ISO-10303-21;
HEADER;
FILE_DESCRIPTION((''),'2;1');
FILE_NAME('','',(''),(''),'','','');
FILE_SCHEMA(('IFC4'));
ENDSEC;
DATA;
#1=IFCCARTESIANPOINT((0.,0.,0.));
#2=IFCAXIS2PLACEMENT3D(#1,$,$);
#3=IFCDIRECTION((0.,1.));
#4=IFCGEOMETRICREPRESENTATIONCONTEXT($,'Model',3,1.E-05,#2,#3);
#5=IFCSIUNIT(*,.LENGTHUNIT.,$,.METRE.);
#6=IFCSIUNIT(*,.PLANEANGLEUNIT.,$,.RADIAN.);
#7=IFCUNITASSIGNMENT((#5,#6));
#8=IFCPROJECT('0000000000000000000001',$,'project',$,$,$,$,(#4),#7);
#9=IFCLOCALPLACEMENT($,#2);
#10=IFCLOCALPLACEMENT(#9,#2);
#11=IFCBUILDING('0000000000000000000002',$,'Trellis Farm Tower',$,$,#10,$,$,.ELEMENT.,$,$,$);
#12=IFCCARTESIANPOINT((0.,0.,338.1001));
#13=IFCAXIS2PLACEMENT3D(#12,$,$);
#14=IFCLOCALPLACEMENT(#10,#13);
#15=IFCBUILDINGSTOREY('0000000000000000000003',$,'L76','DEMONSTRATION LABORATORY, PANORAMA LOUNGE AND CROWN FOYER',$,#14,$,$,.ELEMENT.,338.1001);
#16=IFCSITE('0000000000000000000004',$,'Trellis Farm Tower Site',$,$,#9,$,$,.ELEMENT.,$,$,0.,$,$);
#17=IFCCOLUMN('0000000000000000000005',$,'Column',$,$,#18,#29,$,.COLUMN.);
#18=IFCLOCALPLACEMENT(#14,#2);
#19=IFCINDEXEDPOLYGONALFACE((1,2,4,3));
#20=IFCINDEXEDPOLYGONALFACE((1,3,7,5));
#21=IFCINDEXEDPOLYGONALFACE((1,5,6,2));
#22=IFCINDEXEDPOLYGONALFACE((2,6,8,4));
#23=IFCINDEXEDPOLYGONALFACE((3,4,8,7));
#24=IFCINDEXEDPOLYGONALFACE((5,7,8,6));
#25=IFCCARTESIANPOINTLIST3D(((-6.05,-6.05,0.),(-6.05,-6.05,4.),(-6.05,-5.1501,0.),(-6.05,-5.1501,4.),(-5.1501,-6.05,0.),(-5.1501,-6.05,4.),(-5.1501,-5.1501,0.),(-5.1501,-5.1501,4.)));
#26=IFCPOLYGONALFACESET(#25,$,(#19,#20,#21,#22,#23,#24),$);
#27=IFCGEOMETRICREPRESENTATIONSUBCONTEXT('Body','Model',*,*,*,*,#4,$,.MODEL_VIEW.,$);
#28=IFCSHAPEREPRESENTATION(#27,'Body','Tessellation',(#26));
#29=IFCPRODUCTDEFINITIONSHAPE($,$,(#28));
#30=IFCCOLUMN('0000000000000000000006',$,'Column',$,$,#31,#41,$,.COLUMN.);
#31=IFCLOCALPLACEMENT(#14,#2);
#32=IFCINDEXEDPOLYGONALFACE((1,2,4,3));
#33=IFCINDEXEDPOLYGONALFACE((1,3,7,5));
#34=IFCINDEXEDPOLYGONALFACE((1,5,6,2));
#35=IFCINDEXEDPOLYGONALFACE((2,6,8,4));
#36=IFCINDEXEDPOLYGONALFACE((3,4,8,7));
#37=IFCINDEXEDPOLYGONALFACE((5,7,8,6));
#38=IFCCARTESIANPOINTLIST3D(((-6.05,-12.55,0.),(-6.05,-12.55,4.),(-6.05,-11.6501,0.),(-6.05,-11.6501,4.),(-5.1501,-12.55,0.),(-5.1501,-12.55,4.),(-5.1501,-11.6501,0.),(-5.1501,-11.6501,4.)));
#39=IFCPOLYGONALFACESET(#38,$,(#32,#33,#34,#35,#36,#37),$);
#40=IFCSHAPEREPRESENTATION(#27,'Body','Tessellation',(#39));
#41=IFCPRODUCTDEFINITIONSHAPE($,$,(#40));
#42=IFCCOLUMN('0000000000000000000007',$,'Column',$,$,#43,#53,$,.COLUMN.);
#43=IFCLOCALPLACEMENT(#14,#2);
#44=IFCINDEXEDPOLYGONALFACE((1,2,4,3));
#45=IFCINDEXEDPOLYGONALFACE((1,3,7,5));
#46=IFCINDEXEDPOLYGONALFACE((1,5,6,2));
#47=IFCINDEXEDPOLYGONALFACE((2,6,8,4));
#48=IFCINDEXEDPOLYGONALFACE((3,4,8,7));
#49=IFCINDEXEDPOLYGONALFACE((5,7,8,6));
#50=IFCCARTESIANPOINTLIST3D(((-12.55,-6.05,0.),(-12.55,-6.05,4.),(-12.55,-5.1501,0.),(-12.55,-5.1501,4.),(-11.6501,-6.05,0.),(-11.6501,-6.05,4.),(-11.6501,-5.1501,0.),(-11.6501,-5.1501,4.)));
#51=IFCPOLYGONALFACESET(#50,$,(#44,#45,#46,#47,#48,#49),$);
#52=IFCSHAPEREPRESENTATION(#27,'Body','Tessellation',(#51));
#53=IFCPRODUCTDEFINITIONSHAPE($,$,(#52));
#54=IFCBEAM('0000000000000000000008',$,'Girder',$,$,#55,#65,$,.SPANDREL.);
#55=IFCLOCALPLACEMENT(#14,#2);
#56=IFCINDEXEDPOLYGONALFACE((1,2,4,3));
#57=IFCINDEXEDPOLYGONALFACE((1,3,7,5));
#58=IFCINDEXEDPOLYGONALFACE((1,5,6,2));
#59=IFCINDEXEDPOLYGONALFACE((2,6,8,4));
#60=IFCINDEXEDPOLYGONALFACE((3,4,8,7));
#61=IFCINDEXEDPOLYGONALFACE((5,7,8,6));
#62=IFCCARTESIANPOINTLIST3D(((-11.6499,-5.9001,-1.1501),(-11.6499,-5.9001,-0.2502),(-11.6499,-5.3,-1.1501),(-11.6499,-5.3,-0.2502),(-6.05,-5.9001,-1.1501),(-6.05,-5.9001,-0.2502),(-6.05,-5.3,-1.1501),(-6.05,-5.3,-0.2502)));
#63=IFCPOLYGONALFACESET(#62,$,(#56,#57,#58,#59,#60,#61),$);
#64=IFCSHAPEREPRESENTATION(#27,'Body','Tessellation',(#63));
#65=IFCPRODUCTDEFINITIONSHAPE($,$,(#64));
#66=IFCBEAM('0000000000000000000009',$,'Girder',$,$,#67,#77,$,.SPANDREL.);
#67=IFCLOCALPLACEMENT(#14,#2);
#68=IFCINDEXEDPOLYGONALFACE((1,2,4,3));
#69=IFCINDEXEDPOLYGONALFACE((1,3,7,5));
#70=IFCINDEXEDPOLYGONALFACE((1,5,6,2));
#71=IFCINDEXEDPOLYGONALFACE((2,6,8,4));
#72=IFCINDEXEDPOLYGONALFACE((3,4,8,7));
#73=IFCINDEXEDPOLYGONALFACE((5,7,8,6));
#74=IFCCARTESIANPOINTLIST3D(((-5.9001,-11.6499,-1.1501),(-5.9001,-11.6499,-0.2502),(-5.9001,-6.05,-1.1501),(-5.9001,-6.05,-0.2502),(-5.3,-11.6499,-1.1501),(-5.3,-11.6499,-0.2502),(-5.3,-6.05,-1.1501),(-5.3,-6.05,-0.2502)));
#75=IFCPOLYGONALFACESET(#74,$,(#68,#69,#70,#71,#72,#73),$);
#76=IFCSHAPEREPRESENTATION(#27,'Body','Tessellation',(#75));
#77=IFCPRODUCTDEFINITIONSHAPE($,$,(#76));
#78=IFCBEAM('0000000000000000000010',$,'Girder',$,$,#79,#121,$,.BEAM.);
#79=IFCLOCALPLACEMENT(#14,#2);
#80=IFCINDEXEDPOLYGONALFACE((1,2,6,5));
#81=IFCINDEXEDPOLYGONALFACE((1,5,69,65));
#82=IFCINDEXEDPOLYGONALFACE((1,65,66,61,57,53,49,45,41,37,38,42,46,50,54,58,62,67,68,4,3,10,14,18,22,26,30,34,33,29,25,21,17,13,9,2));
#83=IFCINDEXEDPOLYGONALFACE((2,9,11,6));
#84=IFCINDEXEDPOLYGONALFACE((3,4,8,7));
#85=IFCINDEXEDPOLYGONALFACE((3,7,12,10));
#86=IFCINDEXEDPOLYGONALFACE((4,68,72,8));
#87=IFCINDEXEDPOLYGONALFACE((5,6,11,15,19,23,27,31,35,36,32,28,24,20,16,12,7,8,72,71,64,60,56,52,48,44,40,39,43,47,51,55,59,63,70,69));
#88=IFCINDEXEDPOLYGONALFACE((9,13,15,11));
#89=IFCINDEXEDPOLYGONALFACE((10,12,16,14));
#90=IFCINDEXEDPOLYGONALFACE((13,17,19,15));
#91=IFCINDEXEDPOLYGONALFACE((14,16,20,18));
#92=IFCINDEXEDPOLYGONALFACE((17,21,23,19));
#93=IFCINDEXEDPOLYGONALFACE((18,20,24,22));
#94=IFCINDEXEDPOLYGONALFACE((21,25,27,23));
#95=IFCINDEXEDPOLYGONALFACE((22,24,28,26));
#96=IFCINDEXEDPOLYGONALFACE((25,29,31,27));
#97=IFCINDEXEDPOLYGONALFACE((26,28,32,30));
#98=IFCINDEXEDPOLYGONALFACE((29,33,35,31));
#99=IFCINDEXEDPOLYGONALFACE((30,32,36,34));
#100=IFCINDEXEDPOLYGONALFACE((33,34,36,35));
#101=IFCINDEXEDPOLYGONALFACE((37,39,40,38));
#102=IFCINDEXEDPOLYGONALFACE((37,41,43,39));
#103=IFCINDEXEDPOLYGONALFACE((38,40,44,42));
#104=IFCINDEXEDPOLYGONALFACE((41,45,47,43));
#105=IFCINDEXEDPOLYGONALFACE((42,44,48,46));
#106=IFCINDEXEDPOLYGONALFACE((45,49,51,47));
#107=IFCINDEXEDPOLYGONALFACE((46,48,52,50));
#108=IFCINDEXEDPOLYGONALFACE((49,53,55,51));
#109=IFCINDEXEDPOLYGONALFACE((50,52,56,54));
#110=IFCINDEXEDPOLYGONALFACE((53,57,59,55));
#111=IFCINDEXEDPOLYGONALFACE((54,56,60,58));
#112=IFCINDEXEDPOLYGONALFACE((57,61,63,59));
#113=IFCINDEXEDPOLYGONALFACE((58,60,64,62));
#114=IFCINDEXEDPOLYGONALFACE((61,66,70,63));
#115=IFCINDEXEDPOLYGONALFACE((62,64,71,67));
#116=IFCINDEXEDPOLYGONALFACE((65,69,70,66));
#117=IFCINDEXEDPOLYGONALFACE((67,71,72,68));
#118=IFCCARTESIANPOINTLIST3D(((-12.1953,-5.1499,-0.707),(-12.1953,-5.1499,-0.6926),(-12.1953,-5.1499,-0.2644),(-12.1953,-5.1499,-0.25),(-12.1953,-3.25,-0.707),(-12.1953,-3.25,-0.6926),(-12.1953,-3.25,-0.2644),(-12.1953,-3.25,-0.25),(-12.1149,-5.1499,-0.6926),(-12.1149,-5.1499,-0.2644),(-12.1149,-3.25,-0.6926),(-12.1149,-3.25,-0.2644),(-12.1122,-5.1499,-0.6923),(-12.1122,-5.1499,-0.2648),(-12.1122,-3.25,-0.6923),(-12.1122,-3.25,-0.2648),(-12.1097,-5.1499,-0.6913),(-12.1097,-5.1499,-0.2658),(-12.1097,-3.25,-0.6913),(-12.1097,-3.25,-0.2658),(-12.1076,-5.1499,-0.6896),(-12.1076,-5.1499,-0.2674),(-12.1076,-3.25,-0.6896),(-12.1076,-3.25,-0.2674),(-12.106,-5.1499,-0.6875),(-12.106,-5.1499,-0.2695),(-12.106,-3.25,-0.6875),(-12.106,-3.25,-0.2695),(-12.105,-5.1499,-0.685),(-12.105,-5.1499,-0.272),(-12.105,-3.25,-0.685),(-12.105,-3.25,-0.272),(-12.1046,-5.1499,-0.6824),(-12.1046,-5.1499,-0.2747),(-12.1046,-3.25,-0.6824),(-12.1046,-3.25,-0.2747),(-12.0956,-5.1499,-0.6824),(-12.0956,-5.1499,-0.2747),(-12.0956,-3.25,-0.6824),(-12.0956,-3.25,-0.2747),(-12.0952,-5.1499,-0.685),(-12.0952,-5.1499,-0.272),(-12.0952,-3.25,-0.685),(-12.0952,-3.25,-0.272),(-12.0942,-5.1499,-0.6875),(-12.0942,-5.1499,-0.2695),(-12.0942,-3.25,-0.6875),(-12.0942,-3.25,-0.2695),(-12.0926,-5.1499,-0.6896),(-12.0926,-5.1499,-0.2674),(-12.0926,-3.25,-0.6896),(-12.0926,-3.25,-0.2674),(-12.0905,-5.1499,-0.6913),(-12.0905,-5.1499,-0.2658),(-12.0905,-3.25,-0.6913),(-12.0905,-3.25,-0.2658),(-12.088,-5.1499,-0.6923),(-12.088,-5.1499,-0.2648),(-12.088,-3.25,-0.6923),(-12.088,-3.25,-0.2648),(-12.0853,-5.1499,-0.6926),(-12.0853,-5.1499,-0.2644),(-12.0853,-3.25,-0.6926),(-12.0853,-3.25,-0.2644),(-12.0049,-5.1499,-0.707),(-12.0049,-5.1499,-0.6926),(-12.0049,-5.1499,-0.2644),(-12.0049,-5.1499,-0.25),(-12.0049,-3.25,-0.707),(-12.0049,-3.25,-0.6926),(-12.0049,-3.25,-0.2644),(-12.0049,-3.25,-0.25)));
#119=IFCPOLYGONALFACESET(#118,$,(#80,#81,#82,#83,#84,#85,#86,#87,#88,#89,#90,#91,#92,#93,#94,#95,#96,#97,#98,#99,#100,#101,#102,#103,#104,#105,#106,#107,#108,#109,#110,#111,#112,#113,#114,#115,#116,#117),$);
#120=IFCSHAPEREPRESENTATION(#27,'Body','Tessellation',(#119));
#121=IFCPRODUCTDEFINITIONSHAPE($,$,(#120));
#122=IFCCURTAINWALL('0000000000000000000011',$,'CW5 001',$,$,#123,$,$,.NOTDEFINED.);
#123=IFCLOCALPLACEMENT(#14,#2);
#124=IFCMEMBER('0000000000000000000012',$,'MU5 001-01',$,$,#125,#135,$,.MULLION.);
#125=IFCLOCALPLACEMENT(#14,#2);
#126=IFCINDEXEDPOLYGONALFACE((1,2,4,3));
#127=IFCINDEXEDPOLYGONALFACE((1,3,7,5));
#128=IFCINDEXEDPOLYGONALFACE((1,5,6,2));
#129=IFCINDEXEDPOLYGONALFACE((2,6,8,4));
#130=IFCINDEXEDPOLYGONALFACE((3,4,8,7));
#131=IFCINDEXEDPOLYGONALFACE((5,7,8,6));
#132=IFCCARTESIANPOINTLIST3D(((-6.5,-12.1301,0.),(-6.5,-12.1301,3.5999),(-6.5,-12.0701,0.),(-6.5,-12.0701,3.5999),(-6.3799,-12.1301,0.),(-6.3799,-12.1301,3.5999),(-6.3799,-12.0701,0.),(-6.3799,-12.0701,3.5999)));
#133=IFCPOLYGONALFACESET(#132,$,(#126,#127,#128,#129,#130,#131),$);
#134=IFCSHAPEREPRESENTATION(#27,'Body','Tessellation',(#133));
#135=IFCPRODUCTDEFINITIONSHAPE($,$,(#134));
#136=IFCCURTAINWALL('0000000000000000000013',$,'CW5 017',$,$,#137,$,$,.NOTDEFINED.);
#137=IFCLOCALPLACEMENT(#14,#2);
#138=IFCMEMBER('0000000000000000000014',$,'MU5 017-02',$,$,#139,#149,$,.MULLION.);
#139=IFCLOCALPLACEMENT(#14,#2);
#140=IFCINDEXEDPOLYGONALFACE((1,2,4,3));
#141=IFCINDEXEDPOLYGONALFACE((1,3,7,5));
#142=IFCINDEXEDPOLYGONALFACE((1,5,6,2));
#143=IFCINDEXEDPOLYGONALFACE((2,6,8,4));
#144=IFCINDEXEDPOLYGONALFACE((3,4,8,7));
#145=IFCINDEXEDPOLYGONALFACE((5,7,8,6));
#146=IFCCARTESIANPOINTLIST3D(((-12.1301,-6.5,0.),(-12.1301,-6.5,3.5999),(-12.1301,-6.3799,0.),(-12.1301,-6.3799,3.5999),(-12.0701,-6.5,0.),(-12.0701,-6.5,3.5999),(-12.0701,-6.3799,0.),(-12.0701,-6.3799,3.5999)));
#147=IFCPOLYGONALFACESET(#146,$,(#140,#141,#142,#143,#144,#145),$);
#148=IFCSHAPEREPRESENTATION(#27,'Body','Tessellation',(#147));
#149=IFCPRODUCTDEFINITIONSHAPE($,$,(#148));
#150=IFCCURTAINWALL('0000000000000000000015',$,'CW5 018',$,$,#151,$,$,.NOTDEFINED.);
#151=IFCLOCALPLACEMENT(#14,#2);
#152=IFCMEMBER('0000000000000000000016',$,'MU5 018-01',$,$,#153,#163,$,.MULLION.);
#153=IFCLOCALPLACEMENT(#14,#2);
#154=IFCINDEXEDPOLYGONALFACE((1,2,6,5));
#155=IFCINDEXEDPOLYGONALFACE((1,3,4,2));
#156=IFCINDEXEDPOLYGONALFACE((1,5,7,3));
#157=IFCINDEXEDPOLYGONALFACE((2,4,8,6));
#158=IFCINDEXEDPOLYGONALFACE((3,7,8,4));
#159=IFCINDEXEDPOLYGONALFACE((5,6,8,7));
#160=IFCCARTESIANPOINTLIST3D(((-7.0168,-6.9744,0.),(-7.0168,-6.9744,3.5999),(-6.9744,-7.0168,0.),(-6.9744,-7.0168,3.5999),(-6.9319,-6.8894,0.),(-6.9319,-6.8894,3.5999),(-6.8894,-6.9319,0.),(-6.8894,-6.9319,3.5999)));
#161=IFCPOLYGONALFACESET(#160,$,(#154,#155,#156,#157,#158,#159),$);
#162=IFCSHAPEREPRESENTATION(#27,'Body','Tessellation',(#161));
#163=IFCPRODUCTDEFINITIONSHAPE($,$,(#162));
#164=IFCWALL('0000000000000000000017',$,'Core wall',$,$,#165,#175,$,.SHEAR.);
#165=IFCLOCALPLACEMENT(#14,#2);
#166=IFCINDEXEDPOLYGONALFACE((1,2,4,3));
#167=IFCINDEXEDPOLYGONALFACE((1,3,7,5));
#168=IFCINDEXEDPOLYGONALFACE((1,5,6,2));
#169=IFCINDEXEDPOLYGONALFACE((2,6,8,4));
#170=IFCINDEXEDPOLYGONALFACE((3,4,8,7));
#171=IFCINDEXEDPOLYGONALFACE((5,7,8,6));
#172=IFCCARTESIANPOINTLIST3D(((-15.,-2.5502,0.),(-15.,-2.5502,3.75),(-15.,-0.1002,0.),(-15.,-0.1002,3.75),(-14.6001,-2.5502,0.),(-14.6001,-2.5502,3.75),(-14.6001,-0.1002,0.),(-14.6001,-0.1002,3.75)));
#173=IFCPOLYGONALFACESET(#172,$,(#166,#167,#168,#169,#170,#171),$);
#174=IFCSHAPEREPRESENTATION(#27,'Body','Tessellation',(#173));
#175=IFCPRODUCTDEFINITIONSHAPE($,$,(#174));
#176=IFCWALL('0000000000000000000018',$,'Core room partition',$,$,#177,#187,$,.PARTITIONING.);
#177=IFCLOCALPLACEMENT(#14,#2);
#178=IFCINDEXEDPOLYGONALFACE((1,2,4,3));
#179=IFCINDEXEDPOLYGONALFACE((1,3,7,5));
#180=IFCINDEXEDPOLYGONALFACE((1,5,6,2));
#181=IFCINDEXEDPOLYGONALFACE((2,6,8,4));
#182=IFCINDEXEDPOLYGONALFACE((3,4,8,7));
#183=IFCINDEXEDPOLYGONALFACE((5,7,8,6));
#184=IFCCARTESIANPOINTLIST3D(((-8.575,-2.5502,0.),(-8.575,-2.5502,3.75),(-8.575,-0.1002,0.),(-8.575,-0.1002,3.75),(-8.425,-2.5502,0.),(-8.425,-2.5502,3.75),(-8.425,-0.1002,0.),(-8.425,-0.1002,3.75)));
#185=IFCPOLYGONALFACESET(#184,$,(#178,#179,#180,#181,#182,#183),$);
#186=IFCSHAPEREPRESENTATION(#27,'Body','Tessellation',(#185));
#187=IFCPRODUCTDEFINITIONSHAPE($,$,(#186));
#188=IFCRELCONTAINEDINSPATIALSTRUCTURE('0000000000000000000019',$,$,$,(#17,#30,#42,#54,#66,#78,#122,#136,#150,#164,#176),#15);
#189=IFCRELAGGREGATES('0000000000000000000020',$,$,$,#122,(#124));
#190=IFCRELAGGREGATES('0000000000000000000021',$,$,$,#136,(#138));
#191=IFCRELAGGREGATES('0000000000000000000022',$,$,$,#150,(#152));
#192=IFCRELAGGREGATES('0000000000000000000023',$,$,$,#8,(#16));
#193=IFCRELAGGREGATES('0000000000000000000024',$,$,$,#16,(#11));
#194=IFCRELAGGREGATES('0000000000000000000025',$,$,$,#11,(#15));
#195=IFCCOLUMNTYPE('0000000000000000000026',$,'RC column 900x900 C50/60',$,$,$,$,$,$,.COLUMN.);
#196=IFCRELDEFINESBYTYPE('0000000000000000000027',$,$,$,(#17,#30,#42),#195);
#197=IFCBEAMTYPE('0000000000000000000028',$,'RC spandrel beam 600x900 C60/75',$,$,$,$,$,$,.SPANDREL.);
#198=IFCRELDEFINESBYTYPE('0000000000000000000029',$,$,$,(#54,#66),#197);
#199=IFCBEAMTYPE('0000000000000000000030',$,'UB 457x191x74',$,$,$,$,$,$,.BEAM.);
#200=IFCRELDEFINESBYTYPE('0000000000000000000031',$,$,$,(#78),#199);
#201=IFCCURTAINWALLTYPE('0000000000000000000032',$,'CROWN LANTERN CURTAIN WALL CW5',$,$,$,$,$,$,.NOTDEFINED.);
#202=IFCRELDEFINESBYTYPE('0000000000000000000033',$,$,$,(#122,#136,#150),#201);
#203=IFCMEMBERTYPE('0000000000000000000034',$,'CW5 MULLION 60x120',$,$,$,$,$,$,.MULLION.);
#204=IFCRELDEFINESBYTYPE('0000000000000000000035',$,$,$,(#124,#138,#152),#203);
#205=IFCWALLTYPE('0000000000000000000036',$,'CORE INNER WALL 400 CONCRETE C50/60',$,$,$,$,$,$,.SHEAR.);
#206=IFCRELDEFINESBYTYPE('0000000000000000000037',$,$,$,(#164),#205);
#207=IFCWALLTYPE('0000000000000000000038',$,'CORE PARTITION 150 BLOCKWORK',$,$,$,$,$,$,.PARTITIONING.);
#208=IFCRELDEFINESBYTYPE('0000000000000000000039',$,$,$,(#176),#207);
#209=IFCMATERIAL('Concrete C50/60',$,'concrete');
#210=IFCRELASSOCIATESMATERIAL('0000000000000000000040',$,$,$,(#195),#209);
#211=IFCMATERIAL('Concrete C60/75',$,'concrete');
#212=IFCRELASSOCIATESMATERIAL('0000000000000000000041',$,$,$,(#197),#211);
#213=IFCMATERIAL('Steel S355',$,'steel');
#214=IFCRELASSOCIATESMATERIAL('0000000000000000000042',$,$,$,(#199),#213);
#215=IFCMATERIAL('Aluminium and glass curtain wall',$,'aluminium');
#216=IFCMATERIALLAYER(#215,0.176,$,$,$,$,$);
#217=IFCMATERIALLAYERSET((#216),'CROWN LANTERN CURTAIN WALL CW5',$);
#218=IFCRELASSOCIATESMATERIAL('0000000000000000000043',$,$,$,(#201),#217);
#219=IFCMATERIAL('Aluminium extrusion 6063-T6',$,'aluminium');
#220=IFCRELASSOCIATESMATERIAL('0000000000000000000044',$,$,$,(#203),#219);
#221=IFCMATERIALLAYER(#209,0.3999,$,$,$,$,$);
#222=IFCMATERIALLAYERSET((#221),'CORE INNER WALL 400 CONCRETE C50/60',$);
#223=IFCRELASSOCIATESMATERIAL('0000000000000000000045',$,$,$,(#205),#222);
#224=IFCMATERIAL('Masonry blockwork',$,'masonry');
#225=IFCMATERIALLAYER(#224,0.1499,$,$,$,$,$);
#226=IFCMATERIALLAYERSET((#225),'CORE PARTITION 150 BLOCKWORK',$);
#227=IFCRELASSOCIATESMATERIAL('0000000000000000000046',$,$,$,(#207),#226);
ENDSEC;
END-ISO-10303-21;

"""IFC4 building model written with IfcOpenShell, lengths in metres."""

from ifc_helpers import new_model, si_unit, direction, frame, frame_2d, origin, origin_2d, place, context, subcontext, project, spatial, rectangle, i_section, extrude, source, transform, mapped, material, layer, layer_set, material_profile, profile_set, type_object, element, aggregate, save


model = new_model("IFC4")

# Units and contexts
model_context = context("Model", 3, precision=1e-05, world=origin(), true_north=direction((0.0, 1.0)))
body_context = subcontext(model_context, "Body", "Model", "MODEL_VIEW")
ifc_project = project(units=[si_unit("LENGTHUNIT", "METRE"), si_unit("PLANEANGLEUNIT", "RADIAN")], contexts=[model_context])

# Site, building, storey
site_placement = place(None, origin())
site = spatial("IfcSite", under=ifc_project, at=site_placement, Name="Trellis Farm Tower Site", CompositionType="ELEMENT", RefElevation=0.0)
building_placement = place(site_placement, origin())
building = spatial("IfcBuilding", under=site, at=building_placement, Name="Trellis Farm Tower", CompositionType="ELEMENT")
storey_placement = place(building_placement, frame((0.0, 0.0, 338.1001)))
storey = spatial("IfcBuildingStorey", under=building, at=storey_placement, Name="L76", Description="DEMONSTRATION LABORATORY, PANORAMA LOUNGE AND CROWN FOYER", CompositionType="ELEMENT", Elevation=338.1001)

# Columns
ifc_material_1 = material(Name="Concrete C50/60", Category="concrete")
ifc_material_profile_1 = material_profile(ifc_material_1, rectangle(XDim=0.8999, YDim=0.8999, at=origin_2d()), Name="RC column 900x900 C50/60")
ifc_profile_set_1 = profile_set([ifc_material_profile_1], Name="Concrete C50/60")
column_type = type_object("IfcColumnType", Name="RC column 900x900 C50/60", PredefinedType="COLUMN", material=ifc_profile_set_1)
shared_shape_1 = source(origin(), body_context, "Body", "SweptSolid", [
    extrude(rectangle(XDim=0.8999, YDim=0.8999, at=origin_2d()), origin(), (0.0, 0.0, 1.0), 4.0),
])
for number, where, z_axis, x_axis, name in (
    (1, (-5.6001, -5.6001, 0.0), (0.0, 0.0, 1.0), (1.0, 0.0, 0.0), "Column"),
    (2, (-5.6001, -12.1001, 0.0), (0.0, 0.0, 1.0), (1.0, 0.0, 0.0), "Column"),
    (3, (-12.1001, -5.6001, 0.0), (0.0, 0.0, 1.0), (1.0, 0.0, 0.0), "Column"),
):
    element("IfcColumn", number, at=place(storey_placement, frame(where, z_axis=z_axis, x_axis=x_axis)), inside=storey, type_object=column_type, Name=name, PredefinedType="COLUMN", context=body_context, shape_type="MappedRepresentation", body=[
        mapped(shared_shape_1, transform((0.0, 0.0, 0.0))),
    ])

# Beams
ifc_material_2 = material(Name="Concrete C60/75", Category="concrete")
ifc_material_profile_2 = material_profile(ifc_material_2, rectangle(XDim=0.6001, YDim=0.8999, at=origin_2d()), Name="RC spandrel beam 600x900 C60/75")
ifc_profile_set_2 = profile_set([ifc_material_profile_2], Name="Concrete C60/75")
beam_type_1 = type_object("IfcBeamType", Name="RC spandrel beam 600x900 C60/75", PredefinedType="SPANDREL", material=ifc_profile_set_2)
shared_shape_2 = source(origin(), body_context, "Body", "SweptSolid", [
    extrude(rectangle(XDim=0.6001, YDim=0.8999, at=origin_2d()), origin(), (0.0, 0.0, 1.0), 5.5999),
])
for number, where, z_axis, x_axis, name in (
    (4, (-11.6499, -5.6001, -0.7002), (1.0, 0.0, 0.0), (0.0, 1.0, 0.0), "Girder"),
    (5, (-5.6001, -11.6499, -0.7002), (0.0, 1.0, 0.0), (-1.0, 0.0, 0.0), "Girder"),
):
    element("IfcBeam", number, at=place(storey_placement, frame(where, z_axis=z_axis, x_axis=x_axis)), inside=storey, type_object=beam_type_1, Name=name, PredefinedType="SPANDREL", context=body_context, shape_type="MappedRepresentation", body=[
        mapped(shared_shape_2, transform((0.0, 0.0, 0.0))),
    ])
ifc_material_3 = material(Name="Steel S355", Category="steel")
ifc_material_profile_3 = material_profile(ifc_material_3, i_section(OverallWidth=0.1904, OverallDepth=0.457, WebThickness=0.009, FlangeThickness=0.0144, FilletRadius=0.0103, at=origin_2d()), Name="UB 457x191x74")
ifc_profile_set_3 = profile_set([ifc_material_profile_3], Name="Steel S355")
beam_type_2 = type_object("IfcBeamType", Name="UB 457x191x74", PredefinedType="BEAM", material=ifc_profile_set_3)
shared_shape_3 = source(origin(), body_context, "Body", "SweptSolid", [
    extrude(i_section(OverallWidth=0.1904, OverallDepth=0.457, WebThickness=0.009, FlangeThickness=0.0144, FilletRadius=0.0103, at=origin_2d()), origin(), (0.0, 0.0, 1.0), 1.8999),
])
beam_placement = place(storey_placement, frame((-12.1001, -5.1499, -0.4785), z_axis=(0.0, 1.0, 0.0), x_axis=(-1.0, 0.0, 0.0)))
element("IfcBeam", 6, at=beam_placement, inside=storey, type_object=beam_type_2, Name="Girder", PredefinedType="BEAM", context=body_context, shape_type="MappedRepresentation", body=[
    mapped(shared_shape_3, transform((0.0, 0.0, 0.0))),
])

# Curtain walls, members
ifc_material_4 = material(Name="Aluminium and glass curtain wall", Category="aluminium")
ifc_layer_1 = layer(ifc_material_4, 0.176)
ifc_layer_set_1 = layer_set([ifc_layer_1], Name="CROWN LANTERN CURTAIN WALL CW5")
curtain_wall_type = type_object("IfcCurtainWallType", Name="CROWN LANTERN CURTAIN WALL CW5", PredefinedType="NOTDEFINED", material=ifc_layer_set_1)
placement = place(storey_placement, origin())
curtain_wall_1 = element("IfcCurtainWall", 7, at=placement, inside=storey, type_object=curtain_wall_type, Name="CW5 001", PredefinedType="NOTDEFINED")
ifc_material_5 = material(Name="Aluminium extrusion 6063-T6", Category="aluminium")
ifc_material_profile_4 = material_profile(ifc_material_5, rectangle(XDim=0.0601, YDim=0.1201, at=origin_2d()), Name="MULLION 60x120")
ifc_profile_set_4 = profile_set([ifc_material_profile_4], Name="Aluminium extrusion 6063-T6")
member_type = type_object("IfcMemberType", Name="CW5 MULLION 60x120", PredefinedType="MULLION", material=ifc_profile_set_4)
shared_shape_4 = source(origin(), body_context, "Body", "SweptSolid", [
    extrude(rectangle(XDim=0.0601, YDim=0.1201, at=origin_2d()), origin(), (0.0, 0.0, 1.0), 3.5999),
])
member_1_placement = place(storey_placement, frame((-6.4399, -12.1001, 0.0), z_axis=(0.0, 0.0, 1.0), x_axis=(0.0, -1.0, 0.0)))
member_1 = element("IfcMember", 8, at=member_1_placement, type_object=member_type, Name="MU5 001-01", PredefinedType="MULLION", context=body_context, shape_type="MappedRepresentation", body=[
    mapped(shared_shape_4, transform((0.0, 0.0, 0.0))),
])
aggregate(curtain_wall_1, [member_1])
curtain_wall_2 = element("IfcCurtainWall", 9, at=placement, inside=storey, type_object=curtain_wall_type, Name="CW5 017", PredefinedType="NOTDEFINED")
member_2_placement = place(storey_placement, frame((-12.1001, -6.4399, 0.0), z_axis=(0.0, 0.0, 1.0), x_axis=(1.0, 0.0, 0.0)))
member_2 = element("IfcMember", 10, at=member_2_placement, type_object=member_type, Name="MU5 017-02", PredefinedType="MULLION", context=body_context, shape_type="MappedRepresentation", body=[
    mapped(shared_shape_4, transform((0.0, 0.0, 0.0))),
])
aggregate(curtain_wall_2, [member_2])
curtain_wall_3 = element("IfcCurtainWall", 11, at=placement, inside=storey, type_object=curtain_wall_type, Name="CW5 018", PredefinedType="NOTDEFINED")
member_3_placement = place(storey_placement, frame((-6.9531, -6.9531, 0.0), z_axis=(0.0, 0.0, 1.0), x_axis=(0.707107, -0.707107, 0.0)))
member_3 = element("IfcMember", 12, at=member_3_placement, type_object=member_type, Name="MU5 018-01", PredefinedType="MULLION", context=body_context, shape_type="MappedRepresentation", body=[
    mapped(shared_shape_4, transform((0.0, 0.0, 0.0))),
])
aggregate(curtain_wall_3, [member_3])

# Walls
ifc_layer_2 = layer(ifc_material_1, 0.3999)
ifc_layer_set_2 = layer_set([ifc_layer_2], Name="CORE INNER WALL 400 CONCRETE C50/60")
wall_type_1 = type_object("IfcWallType", Name="CORE INNER WALL 400 CONCRETE C50/60", PredefinedType="SHEAR", material=ifc_layer_set_2)
shared_shape_5 = source(origin(), body_context, "Body", "SweptSolid", [
    extrude(rectangle(XDim=2.45, YDim=0.3999, at=frame_2d((1.2251, 0.0))), origin(), (0.0, 0.0, 1.0), 3.75),
])
wall_1_placement = place(storey_placement, frame((-14.8, -0.1001, 0.0), z_axis=(0.0, 0.0, 1.0), x_axis=(0.0, -1.0, 0.0)))
element("IfcWall", 13, at=wall_1_placement, inside=storey, type_object=wall_type_1, Name="Core wall", PredefinedType="SHEAR", context=body_context, shape_type="MappedRepresentation", body=[
    mapped(shared_shape_5, transform((0.0, 0.0, 0.0))),
])
ifc_material_6 = material(Name="Masonry blockwork", Category="masonry")
ifc_layer_3 = layer(ifc_material_6, 0.1499)
ifc_layer_set_3 = layer_set([ifc_layer_3], Name="CORE PARTITION 150 BLOCKWORK")
wall_type_2 = type_object("IfcWallType", Name="CORE PARTITION 150 BLOCKWORK", PredefinedType="PARTITIONING", material=ifc_layer_set_3)
shared_shape_6 = source(origin(), body_context, "Body", "SweptSolid", [
    extrude(rectangle(XDim=2.45, YDim=0.1499, at=frame_2d((1.2251, 0.0))), origin(), (0.0, 0.0, 1.0), 3.75),
])
for number, where, z_axis, x_axis, name in (
    (14, (-8.5, -0.1001, 0.0), (0.0, 0.0, 1.0), (0.0, -1.0, 0.0), "Core room partition"),
):
    element("IfcWall", number, at=place(storey_placement, frame(where, z_axis=z_axis, x_axis=x_axis)), inside=storey, type_object=wall_type_2, Name=name, PredefinedType="PARTITIONING", context=body_context, shape_type="MappedRepresentation", body=[
        mapped(shared_shape_6, transform((0.0, 0.0, 0.0))),
    ])

save(model, "model.ifc")
